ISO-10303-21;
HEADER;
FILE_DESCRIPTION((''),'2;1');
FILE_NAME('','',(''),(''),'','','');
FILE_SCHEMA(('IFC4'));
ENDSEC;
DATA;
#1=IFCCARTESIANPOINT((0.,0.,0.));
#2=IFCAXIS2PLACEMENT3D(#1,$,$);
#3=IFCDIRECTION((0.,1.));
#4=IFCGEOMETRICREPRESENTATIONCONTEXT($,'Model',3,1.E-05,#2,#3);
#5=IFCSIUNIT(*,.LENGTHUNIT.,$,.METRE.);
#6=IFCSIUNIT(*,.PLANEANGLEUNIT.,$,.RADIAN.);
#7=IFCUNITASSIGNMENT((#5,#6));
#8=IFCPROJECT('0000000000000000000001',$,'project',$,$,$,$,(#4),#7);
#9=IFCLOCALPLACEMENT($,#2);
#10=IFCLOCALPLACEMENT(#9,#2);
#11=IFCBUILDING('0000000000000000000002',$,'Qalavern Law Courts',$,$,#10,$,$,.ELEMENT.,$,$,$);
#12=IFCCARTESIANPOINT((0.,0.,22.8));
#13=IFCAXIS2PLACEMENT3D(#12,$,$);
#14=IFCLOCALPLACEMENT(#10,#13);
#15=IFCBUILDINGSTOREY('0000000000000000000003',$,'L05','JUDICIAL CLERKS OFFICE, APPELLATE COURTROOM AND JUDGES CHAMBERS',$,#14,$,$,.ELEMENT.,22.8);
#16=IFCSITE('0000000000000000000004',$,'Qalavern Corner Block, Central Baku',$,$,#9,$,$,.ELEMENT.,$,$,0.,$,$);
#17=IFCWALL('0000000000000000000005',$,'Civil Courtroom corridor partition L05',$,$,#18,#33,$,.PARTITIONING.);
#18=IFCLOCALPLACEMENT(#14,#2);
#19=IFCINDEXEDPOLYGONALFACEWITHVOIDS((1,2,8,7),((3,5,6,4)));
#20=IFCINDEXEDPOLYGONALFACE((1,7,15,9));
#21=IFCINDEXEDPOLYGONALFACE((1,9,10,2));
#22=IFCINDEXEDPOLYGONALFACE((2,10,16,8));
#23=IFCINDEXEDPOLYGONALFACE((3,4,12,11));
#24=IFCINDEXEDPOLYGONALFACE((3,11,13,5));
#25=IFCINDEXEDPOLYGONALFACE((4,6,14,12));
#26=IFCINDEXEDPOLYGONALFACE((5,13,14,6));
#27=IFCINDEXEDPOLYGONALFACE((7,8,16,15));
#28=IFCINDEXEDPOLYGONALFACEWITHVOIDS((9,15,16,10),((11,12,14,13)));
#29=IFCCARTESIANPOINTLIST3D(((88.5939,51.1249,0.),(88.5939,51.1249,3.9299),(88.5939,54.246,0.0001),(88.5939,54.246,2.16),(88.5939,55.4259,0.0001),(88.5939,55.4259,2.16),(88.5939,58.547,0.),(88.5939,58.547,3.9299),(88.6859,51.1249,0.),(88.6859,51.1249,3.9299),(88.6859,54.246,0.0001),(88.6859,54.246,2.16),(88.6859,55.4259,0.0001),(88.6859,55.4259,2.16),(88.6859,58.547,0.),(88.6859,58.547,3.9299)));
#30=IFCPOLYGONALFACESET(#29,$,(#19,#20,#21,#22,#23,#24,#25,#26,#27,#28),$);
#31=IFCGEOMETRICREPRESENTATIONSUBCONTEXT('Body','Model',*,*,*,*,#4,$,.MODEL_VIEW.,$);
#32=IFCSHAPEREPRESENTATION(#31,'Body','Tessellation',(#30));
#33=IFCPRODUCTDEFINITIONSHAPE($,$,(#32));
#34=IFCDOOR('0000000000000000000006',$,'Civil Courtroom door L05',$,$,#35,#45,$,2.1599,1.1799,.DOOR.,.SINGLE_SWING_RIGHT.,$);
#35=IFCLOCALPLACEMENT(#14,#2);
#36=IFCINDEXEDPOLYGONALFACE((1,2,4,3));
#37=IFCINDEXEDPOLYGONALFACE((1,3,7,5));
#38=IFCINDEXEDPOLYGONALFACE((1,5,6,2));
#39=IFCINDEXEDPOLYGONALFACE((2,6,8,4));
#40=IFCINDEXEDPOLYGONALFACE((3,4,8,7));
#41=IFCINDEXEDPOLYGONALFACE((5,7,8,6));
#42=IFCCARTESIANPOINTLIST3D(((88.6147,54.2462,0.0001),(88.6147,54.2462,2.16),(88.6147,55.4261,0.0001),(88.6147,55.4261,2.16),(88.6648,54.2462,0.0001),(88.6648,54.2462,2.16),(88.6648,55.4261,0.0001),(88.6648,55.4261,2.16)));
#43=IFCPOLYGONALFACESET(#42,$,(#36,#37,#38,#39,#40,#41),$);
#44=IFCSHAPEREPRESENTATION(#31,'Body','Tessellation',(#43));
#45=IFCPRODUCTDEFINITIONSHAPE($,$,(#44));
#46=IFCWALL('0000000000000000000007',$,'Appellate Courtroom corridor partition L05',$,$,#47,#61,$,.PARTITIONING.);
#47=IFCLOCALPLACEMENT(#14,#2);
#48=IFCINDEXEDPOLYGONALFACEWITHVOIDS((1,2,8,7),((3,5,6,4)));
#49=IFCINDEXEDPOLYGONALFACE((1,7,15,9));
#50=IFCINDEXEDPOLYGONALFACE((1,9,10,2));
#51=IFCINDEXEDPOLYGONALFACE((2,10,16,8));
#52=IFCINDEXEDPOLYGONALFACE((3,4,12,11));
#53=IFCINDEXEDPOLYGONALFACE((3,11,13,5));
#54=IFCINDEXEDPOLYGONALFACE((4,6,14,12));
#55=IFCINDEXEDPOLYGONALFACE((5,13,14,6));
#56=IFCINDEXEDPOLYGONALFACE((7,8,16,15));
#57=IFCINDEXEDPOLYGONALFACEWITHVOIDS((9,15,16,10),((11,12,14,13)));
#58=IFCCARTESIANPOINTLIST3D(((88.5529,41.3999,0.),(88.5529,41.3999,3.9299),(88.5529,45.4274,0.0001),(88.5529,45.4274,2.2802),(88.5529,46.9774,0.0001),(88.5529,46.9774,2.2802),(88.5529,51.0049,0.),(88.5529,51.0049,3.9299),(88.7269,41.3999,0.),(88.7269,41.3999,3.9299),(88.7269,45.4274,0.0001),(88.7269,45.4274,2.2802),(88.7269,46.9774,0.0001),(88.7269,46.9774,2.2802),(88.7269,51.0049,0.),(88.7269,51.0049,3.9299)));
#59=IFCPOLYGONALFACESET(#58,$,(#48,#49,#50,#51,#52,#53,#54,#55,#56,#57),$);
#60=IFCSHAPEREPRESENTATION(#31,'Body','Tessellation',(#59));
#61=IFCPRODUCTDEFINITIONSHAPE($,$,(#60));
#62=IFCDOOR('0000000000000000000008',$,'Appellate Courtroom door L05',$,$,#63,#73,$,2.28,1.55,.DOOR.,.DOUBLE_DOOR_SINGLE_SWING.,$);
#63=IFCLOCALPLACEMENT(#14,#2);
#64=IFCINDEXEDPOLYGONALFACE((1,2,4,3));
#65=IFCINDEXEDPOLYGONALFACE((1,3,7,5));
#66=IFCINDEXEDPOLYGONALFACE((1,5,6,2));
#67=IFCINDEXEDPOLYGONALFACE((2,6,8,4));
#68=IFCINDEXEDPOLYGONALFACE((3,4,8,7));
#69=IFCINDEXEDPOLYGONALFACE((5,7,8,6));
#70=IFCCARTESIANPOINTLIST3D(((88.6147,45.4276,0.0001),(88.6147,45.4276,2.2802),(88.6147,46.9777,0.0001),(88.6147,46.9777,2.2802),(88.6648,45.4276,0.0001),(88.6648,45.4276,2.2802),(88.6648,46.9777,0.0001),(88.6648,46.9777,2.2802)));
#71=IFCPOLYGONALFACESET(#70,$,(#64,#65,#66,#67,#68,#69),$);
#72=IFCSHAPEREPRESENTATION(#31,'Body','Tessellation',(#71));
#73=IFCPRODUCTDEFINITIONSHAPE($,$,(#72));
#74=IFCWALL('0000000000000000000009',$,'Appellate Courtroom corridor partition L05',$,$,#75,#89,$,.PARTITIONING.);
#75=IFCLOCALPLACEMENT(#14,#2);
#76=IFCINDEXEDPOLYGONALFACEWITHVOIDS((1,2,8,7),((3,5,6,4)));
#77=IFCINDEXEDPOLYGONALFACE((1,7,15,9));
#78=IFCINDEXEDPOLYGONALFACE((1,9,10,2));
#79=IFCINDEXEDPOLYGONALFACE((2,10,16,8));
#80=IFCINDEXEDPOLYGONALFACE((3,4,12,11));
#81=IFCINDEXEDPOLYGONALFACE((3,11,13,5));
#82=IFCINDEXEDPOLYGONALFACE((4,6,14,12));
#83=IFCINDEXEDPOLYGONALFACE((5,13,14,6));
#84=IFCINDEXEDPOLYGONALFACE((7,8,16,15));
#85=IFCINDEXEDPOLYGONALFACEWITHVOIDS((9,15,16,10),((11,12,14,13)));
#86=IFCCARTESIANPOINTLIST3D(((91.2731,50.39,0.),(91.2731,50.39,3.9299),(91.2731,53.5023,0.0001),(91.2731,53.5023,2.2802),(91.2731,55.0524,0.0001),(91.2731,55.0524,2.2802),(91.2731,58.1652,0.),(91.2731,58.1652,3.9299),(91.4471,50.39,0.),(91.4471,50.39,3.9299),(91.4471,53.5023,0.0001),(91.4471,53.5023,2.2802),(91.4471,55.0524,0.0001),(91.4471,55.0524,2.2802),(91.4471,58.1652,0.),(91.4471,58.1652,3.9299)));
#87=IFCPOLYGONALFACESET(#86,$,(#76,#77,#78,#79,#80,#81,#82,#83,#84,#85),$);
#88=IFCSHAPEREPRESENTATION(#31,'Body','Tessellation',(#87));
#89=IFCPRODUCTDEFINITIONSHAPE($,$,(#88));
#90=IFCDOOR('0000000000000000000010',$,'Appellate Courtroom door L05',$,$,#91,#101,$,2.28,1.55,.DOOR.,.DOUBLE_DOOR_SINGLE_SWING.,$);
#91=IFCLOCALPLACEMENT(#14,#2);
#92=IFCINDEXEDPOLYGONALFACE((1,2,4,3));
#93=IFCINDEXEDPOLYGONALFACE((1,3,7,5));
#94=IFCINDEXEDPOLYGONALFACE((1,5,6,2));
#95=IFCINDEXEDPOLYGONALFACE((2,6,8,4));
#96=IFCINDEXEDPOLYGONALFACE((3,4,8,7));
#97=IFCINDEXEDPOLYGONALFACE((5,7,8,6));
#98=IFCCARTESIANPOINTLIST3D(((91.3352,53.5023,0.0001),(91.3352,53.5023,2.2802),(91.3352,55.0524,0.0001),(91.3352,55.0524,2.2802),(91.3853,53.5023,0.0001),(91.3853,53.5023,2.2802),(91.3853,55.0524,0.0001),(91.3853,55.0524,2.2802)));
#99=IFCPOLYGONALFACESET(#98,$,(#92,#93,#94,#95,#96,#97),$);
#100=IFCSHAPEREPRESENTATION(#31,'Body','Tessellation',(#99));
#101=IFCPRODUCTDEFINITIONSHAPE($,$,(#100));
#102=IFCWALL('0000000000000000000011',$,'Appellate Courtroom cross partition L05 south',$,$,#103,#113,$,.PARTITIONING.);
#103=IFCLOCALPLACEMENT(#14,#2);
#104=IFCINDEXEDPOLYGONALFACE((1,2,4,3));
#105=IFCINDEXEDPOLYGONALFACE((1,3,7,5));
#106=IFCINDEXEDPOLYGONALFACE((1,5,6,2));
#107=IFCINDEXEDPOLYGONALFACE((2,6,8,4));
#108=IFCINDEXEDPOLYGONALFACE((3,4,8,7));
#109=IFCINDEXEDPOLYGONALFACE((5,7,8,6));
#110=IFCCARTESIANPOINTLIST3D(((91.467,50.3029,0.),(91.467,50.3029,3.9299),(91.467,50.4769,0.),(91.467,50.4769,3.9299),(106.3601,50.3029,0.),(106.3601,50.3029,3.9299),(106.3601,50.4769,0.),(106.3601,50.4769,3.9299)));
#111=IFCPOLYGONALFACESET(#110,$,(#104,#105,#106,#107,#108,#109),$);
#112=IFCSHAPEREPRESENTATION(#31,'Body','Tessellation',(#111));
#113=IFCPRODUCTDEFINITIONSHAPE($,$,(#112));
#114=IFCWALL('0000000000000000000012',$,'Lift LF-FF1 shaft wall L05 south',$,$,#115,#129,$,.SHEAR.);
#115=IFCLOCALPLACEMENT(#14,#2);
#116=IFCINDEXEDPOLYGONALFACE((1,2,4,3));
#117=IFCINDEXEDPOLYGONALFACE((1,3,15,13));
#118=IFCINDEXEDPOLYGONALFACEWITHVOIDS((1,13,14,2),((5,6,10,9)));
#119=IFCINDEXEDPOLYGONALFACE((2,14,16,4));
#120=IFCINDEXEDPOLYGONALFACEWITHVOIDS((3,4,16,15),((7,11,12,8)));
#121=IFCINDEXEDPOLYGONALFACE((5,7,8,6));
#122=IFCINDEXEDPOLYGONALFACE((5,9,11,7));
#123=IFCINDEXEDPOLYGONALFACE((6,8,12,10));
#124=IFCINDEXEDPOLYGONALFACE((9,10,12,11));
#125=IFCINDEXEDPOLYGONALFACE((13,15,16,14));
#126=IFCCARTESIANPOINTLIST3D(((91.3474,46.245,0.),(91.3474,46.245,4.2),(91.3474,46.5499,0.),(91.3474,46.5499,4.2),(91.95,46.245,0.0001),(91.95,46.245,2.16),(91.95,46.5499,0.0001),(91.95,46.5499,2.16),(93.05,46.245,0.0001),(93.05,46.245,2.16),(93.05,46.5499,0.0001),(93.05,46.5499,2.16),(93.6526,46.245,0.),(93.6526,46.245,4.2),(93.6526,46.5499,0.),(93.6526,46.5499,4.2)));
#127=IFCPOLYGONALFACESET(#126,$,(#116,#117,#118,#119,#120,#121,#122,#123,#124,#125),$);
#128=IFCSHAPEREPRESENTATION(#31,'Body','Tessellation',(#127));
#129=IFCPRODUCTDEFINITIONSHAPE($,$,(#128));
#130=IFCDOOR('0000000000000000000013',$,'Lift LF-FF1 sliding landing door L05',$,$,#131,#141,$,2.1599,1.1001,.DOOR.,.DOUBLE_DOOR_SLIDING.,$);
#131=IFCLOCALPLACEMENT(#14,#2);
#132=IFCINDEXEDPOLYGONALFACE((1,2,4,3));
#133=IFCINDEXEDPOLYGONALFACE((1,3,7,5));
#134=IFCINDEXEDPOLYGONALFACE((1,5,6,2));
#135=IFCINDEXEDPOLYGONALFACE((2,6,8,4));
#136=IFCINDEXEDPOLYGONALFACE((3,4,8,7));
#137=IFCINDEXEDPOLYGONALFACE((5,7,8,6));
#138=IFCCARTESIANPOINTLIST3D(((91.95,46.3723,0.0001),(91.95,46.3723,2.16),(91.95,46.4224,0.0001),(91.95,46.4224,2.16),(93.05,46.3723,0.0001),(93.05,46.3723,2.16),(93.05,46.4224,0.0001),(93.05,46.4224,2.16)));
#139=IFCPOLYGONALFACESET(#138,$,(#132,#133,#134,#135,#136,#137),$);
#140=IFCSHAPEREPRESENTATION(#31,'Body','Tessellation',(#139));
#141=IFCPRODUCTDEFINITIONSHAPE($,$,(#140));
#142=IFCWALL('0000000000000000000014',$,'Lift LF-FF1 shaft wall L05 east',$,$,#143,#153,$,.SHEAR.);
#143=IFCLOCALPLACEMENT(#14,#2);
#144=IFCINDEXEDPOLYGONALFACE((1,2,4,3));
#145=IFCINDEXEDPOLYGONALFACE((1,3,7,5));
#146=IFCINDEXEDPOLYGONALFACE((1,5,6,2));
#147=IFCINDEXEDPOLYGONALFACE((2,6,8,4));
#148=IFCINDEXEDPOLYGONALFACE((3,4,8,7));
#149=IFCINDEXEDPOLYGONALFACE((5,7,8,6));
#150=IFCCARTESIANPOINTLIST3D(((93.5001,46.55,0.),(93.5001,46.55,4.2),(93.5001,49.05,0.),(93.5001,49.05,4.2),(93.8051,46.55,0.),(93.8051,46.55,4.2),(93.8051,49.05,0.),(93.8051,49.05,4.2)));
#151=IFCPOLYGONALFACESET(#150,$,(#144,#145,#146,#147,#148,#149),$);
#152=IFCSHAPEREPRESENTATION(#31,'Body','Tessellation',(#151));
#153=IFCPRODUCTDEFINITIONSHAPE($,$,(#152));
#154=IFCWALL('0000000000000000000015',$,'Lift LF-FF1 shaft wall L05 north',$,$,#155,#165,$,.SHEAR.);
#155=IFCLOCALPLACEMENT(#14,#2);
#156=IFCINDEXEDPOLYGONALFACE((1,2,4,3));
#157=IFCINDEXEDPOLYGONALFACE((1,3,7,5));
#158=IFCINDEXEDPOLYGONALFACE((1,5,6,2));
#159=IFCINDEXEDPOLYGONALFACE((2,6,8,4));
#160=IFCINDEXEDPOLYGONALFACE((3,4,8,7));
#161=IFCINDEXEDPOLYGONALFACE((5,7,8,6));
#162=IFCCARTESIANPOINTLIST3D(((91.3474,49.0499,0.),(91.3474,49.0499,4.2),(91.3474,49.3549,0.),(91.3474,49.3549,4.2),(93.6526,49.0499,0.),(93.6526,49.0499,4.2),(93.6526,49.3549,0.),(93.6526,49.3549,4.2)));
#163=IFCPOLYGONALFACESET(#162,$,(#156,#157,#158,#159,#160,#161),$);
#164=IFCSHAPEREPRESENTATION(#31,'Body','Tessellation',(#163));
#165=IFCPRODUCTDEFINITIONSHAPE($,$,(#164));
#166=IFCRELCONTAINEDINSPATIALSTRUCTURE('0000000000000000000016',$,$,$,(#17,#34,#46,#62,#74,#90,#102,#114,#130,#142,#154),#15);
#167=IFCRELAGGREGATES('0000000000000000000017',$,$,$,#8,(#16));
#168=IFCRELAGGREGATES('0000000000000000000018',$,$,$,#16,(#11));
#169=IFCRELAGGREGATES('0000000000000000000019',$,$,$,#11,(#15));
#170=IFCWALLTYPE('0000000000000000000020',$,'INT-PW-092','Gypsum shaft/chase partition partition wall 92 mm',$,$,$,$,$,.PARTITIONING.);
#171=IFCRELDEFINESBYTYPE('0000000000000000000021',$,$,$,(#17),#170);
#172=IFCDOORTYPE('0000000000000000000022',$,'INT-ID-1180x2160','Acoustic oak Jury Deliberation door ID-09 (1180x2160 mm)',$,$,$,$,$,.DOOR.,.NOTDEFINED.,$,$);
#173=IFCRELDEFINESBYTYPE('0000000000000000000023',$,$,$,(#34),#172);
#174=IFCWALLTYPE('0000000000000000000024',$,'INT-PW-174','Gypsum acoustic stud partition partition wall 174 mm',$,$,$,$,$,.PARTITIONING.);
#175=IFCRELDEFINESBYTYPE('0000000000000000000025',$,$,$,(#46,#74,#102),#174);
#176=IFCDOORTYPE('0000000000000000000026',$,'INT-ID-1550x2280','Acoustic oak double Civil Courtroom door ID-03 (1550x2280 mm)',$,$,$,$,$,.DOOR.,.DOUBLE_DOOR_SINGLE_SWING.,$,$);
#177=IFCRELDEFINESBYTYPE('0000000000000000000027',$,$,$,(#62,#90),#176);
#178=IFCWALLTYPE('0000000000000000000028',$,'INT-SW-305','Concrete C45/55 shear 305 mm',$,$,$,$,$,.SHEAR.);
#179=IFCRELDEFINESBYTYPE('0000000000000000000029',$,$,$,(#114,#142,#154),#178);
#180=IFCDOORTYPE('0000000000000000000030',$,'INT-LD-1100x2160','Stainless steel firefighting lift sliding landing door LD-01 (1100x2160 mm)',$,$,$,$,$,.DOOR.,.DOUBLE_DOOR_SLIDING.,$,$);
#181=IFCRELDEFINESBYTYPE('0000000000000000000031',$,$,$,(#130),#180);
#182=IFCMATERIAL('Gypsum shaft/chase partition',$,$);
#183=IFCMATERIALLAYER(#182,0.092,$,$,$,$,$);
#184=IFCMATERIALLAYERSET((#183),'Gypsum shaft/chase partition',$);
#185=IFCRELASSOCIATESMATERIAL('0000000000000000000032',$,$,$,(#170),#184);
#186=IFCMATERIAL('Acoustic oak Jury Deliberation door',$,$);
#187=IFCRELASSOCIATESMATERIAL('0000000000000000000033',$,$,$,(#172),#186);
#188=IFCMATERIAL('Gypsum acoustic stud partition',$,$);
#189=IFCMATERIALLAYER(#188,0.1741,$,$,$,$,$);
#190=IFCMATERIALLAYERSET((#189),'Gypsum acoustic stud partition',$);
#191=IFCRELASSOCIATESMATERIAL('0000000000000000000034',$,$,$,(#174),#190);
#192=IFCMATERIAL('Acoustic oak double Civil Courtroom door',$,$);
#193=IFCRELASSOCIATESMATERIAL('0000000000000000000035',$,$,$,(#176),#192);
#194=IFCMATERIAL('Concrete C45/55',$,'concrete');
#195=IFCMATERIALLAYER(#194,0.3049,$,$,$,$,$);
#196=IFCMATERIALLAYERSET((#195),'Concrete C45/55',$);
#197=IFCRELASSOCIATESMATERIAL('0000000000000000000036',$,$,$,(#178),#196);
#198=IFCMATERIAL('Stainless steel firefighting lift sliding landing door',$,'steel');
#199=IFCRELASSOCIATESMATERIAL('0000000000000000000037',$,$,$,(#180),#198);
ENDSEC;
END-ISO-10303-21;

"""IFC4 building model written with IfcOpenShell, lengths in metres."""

from ifc_helpers import new_model, si_unit, direction, frame, frame_2d, origin, place, context, subcontext, project, spatial, rectangle, extrude, material, layer, layer_set, type_object, element, fill, save


model = new_model("IFC4")

# Units and contexts
model_context = context("Model", 3, precision=1e-05, world=origin(), true_north=direction((0.0, 1.0)))
body_context = subcontext(model_context, "Body", "Model", "MODEL_VIEW")
ifc_project = project(units=[si_unit("LENGTHUNIT", "METRE"), si_unit("PLANEANGLEUNIT", "RADIAN")], contexts=[model_context])

# Site, building, storey
site_placement = place(None, origin())
site = spatial("IfcSite", under=ifc_project, at=site_placement, Name="Qalavern Corner Block, Central Baku", CompositionType="ELEMENT", RefElevation=0.0)
building_placement = place(site_placement, origin())
building = spatial("IfcBuilding", under=site, at=building_placement, Name="Qalavern Law Courts", CompositionType="ELEMENT")
storey_placement = place(building_placement, frame((0.0, 0.0, 22.8)))
storey = spatial("IfcBuildingStorey", under=building, at=storey_placement, Name="L05", Description="JUDICIAL CLERKS OFFICE, APPELLATE COURTROOM AND JUDGES CHAMBERS", CompositionType="ELEMENT", Elevation=22.8)

# Shared definitions
ifc_material_1 = material(Name="Concrete C45/55", Category="concrete")

# Walls, openings, doors
ifc_material_2 = material(Name="Gypsum shaft/chase partition")
ifc_layer_1 = layer(ifc_material_2, 0.092)
ifc_layer_set_1 = layer_set([ifc_layer_1], Name="Gypsum shaft/chase partition")
wall_type_1 = type_object("IfcWallType", Name="INT-PW-092", Description="Gypsum shaft/chase partition partition wall 92 mm", PredefinedType="PARTITIONING", material=ifc_layer_set_1)
wall_1_placement = place(storey_placement, frame((88.6399, 51.125, 0.0), z_axis=(0.0, 0.0, 1.0), x_axis=(0.0, 1.0, 0.0)))
wall_1 = element("IfcWall", 1, at=wall_1_placement, inside=storey, type_object=wall_type_1, Name="Civil Courtroom corridor partition L05", PredefinedType="PARTITIONING", context=body_context, shape_type="SweptSolid", body=[
    extrude(rectangle(XDim=7.4221, YDim=0.092, at=frame_2d((3.7109, 0.0))), origin(), (0.0, 0.0, 1.0), 3.9299),
])
opening_1_placement = place(wall_1_placement, frame((3.1211, 0.0, 0.0)))
opening_1 = element("IfcOpeningElement", 2, at=opening_1_placement, cuts=wall_1, PredefinedType="OPENING", context=body_context, shape_type="SweptSolid", body=[
    extrude(rectangle(XDim=1.1799, YDim=2.1599, at=frame_2d((0.5898, 1.0801))), frame((0.0, 0.061, 0.0), z_axis=(0.0, -1.0, 0.0), x_axis=(1.0, 0.0, 0.0)), (0.0, 0.0, 1.0), 0.1218),
])
ifc_material_3 = material(Name="Acoustic oak Jury Deliberation door")
door_type_1 = type_object("IfcDoorType", Name="INT-ID-1180x2160", Description="Acoustic oak Jury Deliberation door ID-09 (1180x2160 mm)", OperationType="NOTDEFINED", PredefinedType="DOOR", material=ifc_material_3)
door_1_placement = place(opening_1_placement, frame((1.1799, 0.0, 0.0), z_axis=(0.0, 0.0, 1.0), x_axis=(-1.0, 0.0, 0.0)))
door_1 = element("IfcDoor", 3, at=door_1_placement, inside=storey, type_object=door_type_1, Name="Civil Courtroom door L05", OperationType="SINGLE_SWING_RIGHT", OverallHeight=2.1599, OverallWidth=1.1799, PredefinedType="DOOR", context=body_context, shape_type="SweptSolid", body=[
    extrude(rectangle(XDim=1.1799, YDim=2.1599, at=frame_2d((0.5898, 1.0801))), frame((0.0, 0.0249, 0.0), z_axis=(0.0, -1.0, 0.0), x_axis=(1.0, 0.0, 0.0)), (0.0, 0.0, 1.0), 0.05),
])
fill(opening_1, door_1)
ifc_material_4 = material(Name="Gypsum acoustic stud partition")
ifc_layer_2 = layer(ifc_material_4, 0.1741)
ifc_layer_set_2 = layer_set([ifc_layer_2], Name="Gypsum acoustic stud partition")
wall_type_2 = type_object("IfcWallType", Name="INT-PW-174", Description="Gypsum acoustic stud partition partition wall 174 mm", PredefinedType="PARTITIONING", material=ifc_layer_set_2)
wall_2_placement = place(storey_placement, frame((88.6399, 41.3999, 0.0), z_axis=(0.0, 0.0, 1.0), x_axis=(0.0, 1.0, 0.0)))
wall_2 = element("IfcWall", 4, at=wall_2_placement, inside=storey, type_object=wall_type_2, Name="Appellate Courtroom corridor partition L05", PredefinedType="PARTITIONING", context=body_context, shape_type="SweptSolid", body=[
    extrude(rectangle(XDim=9.605, YDim=0.1741, at=frame_2d((4.8025, 0.0))), origin(), (0.0, 0.0, 1.0), 3.9299),
])
opening_2_placement = place(wall_2_placement, frame((4.0276, 0.0, 0.0)))
opening_2 = element("IfcOpeningElement", 5, at=opening_2_placement, cuts=wall_2, PredefinedType="OPENING", context=body_context, shape_type="SweptSolid", body=[
    extrude(rectangle(XDim=1.55, YDim=2.28, at=frame_2d((0.7749, 1.1401))), frame((0.0, 0.1021, 0.0), z_axis=(0.0, -1.0, 0.0), x_axis=(1.0, 0.0, 0.0)), (0.0, 0.0, 1.0), 0.2039),
])
ifc_material_5 = material(Name="Acoustic oak double Civil Courtroom door")
door_type_2 = type_object("IfcDoorType", Name="INT-ID-1550x2280", Description="Acoustic oak double Civil Courtroom door ID-03 (1550x2280 mm)", OperationType="DOUBLE_DOOR_SINGLE_SWING", PredefinedType="DOOR", material=ifc_material_5)
door_2_placement = place(opening_2_placement, frame((1.55, 0.0, 0.0), z_axis=(0.0, 0.0, 1.0), x_axis=(-1.0, 0.0, 0.0)))
door_2 = element("IfcDoor", 6, at=door_2_placement, inside=storey, type_object=door_type_2, Name="Appellate Courtroom door L05", OperationType="DOUBLE_DOOR_SINGLE_SWING", OverallHeight=2.28, OverallWidth=1.55, PredefinedType="DOOR", context=body_context, shape_type="SweptSolid", body=[
    extrude(rectangle(XDim=1.55, YDim=2.28, at=frame_2d((0.7749, 1.1401))), frame((0.0, 0.0249, 0.0), z_axis=(0.0, -1.0, 0.0), x_axis=(1.0, 0.0, 0.0)), (0.0, 0.0, 1.0), 0.05),
])
fill(opening_2, door_2)
wall_3_placement = place(storey_placement, frame((91.3601, 50.3899, 0.0), z_axis=(0.0, 0.0, 1.0), x_axis=(0.0, 1.0, 0.0)))
wall_3 = element("IfcWall", 7, at=wall_3_placement, inside=storey, type_object=wall_type_2, Name="Appellate Courtroom corridor partition L05", PredefinedType="PARTITIONING", context=body_context, shape_type="SweptSolid", body=[
    extrude(rectangle(XDim=7.7751, YDim=0.1741, at=frame_2d((3.8877, 0.0))), origin(), (0.0, 0.0, 1.0), 3.9299),
])
opening_3_placement = place(wall_3_placement, frame((3.1125, 0.0, 0.0)))
opening_3 = element("IfcOpeningElement", 8, at=opening_3_placement, cuts=wall_3, PredefinedType="OPENING", context=body_context, shape_type="SweptSolid", body=[
    extrude(rectangle(XDim=1.55, YDim=2.28, at=frame_2d((0.7749, 1.1401))), frame((0.0, 0.1021, 0.0), z_axis=(0.0, -1.0, 0.0), x_axis=(1.0, 0.0, 0.0)), (0.0, 0.0, 1.0), 0.2039),
])
door_3_placement = place(opening_3_placement, origin())
door_3 = element("IfcDoor", 9, at=door_3_placement, inside=storey, type_object=door_type_2, Name="Appellate Courtroom door L05", OperationType="DOUBLE_DOOR_SINGLE_SWING", OverallHeight=2.28, OverallWidth=1.55, PredefinedType="DOOR", context=body_context, shape_type="SweptSolid", body=[
    extrude(rectangle(XDim=1.55, YDim=2.28, at=frame_2d((0.7749, 1.1401))), frame((0.0, 0.0249, 0.0), z_axis=(0.0, -1.0, 0.0), x_axis=(1.0, 0.0, 0.0)), (0.0, 0.0, 1.0), 0.05),
])
fill(opening_3, door_3)

# Wall
wall_4_placement = place(storey_placement, frame((91.467, 50.3899, 0.0), z_axis=(0.0, 0.0, 1.0), x_axis=(1.0, 0.0, 0.0)))
element("IfcWall", 10, at=wall_4_placement, inside=storey, type_object=wall_type_2, Name="Appellate Courtroom cross partition L05 south", PredefinedType="PARTITIONING", context=body_context, shape_type="SweptSolid", body=[
    extrude(rectangle(XDim=14.8931, YDim=0.1741, at=frame_2d((7.4465, 0.0))), origin(), (0.0, 0.0, 1.0), 3.9299),
])

# Wall, opening, door
ifc_layer_3 = layer(ifc_material_1, 0.3049)
ifc_layer_set_3 = layer_set([ifc_layer_3], Name="Concrete C45/55")
wall_type_3 = type_object("IfcWallType", Name="INT-SW-305", Description="Concrete C45/55 shear 305 mm", PredefinedType="SHEAR", material=ifc_layer_set_3)
wall_5_placement = place(storey_placement, frame((91.3474, 46.3975, 0.0), z_axis=(0.0, 0.0, 1.0), x_axis=(1.0, 0.0, 0.0)))
wall_5 = element("IfcWall", 11, at=wall_5_placement, inside=storey, type_object=wall_type_3, Name="Lift LF-FF1 shaft wall L05 south", PredefinedType="SHEAR", context=body_context, shape_type="SweptSolid", body=[
    extrude(rectangle(XDim=2.3052, YDim=0.3049, at=frame_2d((1.1526, 0.0))), origin(), (0.0, 0.0, 1.0), 4.2),
])
opening_4_placement = place(wall_5_placement, frame((0.6025, 0.0, 0.0)))
opening_4 = element("IfcOpeningElement", 12, at=opening_4_placement, cuts=wall_5, PredefinedType="OPENING", context=body_context, shape_type="SweptSolid", body=[
    extrude(rectangle(XDim=1.1001, YDim=2.1599, at=frame_2d((0.55, 1.0801))), frame((0.0, 0.1675, 0.0), z_axis=(0.0, -1.0, 0.0), x_axis=(1.0, 0.0, 0.0)), (0.0, 0.0, 1.0), 0.3347),
])
ifc_material_6 = material(Name="Stainless steel firefighting lift sliding landing door", Category="steel")
door_type_3 = type_object("IfcDoorType", Name="INT-LD-1100x2160", Description="Stainless steel firefighting lift sliding landing door LD-01 (1100x2160 mm)", OperationType="DOUBLE_DOOR_SLIDING", PredefinedType="DOOR", material=ifc_material_6)
door_4_placement = place(opening_4_placement, origin())
door_4 = element("IfcDoor", 13, at=door_4_placement, inside=storey, type_object=door_type_3, Name="Lift LF-FF1 sliding landing door L05", OperationType="DOUBLE_DOOR_SLIDING", OverallHeight=2.1599, OverallWidth=1.1001, PredefinedType="DOOR", context=body_context, shape_type="SweptSolid", body=[
    extrude(rectangle(XDim=1.1001, YDim=2.1599, at=frame_2d((0.55, 1.0801))), frame((0.0, 0.0249, 0.0), z_axis=(0.0, -1.0, 0.0), x_axis=(1.0, 0.0, 0.0)), (0.0, 0.0, 1.0), 0.05),
])
fill(opening_4, door_4)

# Walls
wall_6_placement = place(storey_placement, frame((93.6526, 46.55, 0.0), z_axis=(0.0, 0.0, 1.0), x_axis=(0.0, 1.0, 0.0)))
element("IfcWall", 14, at=wall_6_placement, inside=storey, type_object=wall_type_3, Name="Lift LF-FF1 shaft wall L05 east", PredefinedType="SHEAR", context=body_context, shape_type="SweptSolid", body=[
    extrude(rectangle(XDim=2.5, YDim=0.3049, at=frame_2d((1.25, 0.0))), origin(), (0.0, 0.0, 1.0), 4.2),
])
wall_7_placement = place(storey_placement, frame((93.6526, 49.2024, 0.0), z_axis=(0.0, 0.0, 1.0), x_axis=(-1.0, 0.0, 0.0)))
element("IfcWall", 15, at=wall_7_placement, inside=storey, type_object=wall_type_3, Name="Lift LF-FF1 shaft wall L05 north", PredefinedType="SHEAR", context=body_context, shape_type="SweptSolid", body=[
    extrude(rectangle(XDim=2.3052, YDim=0.3049, at=frame_2d((1.1526, 0.0))), origin(), (0.0, 0.0, 1.0), 4.2),
])

save(model, "model.ifc")
